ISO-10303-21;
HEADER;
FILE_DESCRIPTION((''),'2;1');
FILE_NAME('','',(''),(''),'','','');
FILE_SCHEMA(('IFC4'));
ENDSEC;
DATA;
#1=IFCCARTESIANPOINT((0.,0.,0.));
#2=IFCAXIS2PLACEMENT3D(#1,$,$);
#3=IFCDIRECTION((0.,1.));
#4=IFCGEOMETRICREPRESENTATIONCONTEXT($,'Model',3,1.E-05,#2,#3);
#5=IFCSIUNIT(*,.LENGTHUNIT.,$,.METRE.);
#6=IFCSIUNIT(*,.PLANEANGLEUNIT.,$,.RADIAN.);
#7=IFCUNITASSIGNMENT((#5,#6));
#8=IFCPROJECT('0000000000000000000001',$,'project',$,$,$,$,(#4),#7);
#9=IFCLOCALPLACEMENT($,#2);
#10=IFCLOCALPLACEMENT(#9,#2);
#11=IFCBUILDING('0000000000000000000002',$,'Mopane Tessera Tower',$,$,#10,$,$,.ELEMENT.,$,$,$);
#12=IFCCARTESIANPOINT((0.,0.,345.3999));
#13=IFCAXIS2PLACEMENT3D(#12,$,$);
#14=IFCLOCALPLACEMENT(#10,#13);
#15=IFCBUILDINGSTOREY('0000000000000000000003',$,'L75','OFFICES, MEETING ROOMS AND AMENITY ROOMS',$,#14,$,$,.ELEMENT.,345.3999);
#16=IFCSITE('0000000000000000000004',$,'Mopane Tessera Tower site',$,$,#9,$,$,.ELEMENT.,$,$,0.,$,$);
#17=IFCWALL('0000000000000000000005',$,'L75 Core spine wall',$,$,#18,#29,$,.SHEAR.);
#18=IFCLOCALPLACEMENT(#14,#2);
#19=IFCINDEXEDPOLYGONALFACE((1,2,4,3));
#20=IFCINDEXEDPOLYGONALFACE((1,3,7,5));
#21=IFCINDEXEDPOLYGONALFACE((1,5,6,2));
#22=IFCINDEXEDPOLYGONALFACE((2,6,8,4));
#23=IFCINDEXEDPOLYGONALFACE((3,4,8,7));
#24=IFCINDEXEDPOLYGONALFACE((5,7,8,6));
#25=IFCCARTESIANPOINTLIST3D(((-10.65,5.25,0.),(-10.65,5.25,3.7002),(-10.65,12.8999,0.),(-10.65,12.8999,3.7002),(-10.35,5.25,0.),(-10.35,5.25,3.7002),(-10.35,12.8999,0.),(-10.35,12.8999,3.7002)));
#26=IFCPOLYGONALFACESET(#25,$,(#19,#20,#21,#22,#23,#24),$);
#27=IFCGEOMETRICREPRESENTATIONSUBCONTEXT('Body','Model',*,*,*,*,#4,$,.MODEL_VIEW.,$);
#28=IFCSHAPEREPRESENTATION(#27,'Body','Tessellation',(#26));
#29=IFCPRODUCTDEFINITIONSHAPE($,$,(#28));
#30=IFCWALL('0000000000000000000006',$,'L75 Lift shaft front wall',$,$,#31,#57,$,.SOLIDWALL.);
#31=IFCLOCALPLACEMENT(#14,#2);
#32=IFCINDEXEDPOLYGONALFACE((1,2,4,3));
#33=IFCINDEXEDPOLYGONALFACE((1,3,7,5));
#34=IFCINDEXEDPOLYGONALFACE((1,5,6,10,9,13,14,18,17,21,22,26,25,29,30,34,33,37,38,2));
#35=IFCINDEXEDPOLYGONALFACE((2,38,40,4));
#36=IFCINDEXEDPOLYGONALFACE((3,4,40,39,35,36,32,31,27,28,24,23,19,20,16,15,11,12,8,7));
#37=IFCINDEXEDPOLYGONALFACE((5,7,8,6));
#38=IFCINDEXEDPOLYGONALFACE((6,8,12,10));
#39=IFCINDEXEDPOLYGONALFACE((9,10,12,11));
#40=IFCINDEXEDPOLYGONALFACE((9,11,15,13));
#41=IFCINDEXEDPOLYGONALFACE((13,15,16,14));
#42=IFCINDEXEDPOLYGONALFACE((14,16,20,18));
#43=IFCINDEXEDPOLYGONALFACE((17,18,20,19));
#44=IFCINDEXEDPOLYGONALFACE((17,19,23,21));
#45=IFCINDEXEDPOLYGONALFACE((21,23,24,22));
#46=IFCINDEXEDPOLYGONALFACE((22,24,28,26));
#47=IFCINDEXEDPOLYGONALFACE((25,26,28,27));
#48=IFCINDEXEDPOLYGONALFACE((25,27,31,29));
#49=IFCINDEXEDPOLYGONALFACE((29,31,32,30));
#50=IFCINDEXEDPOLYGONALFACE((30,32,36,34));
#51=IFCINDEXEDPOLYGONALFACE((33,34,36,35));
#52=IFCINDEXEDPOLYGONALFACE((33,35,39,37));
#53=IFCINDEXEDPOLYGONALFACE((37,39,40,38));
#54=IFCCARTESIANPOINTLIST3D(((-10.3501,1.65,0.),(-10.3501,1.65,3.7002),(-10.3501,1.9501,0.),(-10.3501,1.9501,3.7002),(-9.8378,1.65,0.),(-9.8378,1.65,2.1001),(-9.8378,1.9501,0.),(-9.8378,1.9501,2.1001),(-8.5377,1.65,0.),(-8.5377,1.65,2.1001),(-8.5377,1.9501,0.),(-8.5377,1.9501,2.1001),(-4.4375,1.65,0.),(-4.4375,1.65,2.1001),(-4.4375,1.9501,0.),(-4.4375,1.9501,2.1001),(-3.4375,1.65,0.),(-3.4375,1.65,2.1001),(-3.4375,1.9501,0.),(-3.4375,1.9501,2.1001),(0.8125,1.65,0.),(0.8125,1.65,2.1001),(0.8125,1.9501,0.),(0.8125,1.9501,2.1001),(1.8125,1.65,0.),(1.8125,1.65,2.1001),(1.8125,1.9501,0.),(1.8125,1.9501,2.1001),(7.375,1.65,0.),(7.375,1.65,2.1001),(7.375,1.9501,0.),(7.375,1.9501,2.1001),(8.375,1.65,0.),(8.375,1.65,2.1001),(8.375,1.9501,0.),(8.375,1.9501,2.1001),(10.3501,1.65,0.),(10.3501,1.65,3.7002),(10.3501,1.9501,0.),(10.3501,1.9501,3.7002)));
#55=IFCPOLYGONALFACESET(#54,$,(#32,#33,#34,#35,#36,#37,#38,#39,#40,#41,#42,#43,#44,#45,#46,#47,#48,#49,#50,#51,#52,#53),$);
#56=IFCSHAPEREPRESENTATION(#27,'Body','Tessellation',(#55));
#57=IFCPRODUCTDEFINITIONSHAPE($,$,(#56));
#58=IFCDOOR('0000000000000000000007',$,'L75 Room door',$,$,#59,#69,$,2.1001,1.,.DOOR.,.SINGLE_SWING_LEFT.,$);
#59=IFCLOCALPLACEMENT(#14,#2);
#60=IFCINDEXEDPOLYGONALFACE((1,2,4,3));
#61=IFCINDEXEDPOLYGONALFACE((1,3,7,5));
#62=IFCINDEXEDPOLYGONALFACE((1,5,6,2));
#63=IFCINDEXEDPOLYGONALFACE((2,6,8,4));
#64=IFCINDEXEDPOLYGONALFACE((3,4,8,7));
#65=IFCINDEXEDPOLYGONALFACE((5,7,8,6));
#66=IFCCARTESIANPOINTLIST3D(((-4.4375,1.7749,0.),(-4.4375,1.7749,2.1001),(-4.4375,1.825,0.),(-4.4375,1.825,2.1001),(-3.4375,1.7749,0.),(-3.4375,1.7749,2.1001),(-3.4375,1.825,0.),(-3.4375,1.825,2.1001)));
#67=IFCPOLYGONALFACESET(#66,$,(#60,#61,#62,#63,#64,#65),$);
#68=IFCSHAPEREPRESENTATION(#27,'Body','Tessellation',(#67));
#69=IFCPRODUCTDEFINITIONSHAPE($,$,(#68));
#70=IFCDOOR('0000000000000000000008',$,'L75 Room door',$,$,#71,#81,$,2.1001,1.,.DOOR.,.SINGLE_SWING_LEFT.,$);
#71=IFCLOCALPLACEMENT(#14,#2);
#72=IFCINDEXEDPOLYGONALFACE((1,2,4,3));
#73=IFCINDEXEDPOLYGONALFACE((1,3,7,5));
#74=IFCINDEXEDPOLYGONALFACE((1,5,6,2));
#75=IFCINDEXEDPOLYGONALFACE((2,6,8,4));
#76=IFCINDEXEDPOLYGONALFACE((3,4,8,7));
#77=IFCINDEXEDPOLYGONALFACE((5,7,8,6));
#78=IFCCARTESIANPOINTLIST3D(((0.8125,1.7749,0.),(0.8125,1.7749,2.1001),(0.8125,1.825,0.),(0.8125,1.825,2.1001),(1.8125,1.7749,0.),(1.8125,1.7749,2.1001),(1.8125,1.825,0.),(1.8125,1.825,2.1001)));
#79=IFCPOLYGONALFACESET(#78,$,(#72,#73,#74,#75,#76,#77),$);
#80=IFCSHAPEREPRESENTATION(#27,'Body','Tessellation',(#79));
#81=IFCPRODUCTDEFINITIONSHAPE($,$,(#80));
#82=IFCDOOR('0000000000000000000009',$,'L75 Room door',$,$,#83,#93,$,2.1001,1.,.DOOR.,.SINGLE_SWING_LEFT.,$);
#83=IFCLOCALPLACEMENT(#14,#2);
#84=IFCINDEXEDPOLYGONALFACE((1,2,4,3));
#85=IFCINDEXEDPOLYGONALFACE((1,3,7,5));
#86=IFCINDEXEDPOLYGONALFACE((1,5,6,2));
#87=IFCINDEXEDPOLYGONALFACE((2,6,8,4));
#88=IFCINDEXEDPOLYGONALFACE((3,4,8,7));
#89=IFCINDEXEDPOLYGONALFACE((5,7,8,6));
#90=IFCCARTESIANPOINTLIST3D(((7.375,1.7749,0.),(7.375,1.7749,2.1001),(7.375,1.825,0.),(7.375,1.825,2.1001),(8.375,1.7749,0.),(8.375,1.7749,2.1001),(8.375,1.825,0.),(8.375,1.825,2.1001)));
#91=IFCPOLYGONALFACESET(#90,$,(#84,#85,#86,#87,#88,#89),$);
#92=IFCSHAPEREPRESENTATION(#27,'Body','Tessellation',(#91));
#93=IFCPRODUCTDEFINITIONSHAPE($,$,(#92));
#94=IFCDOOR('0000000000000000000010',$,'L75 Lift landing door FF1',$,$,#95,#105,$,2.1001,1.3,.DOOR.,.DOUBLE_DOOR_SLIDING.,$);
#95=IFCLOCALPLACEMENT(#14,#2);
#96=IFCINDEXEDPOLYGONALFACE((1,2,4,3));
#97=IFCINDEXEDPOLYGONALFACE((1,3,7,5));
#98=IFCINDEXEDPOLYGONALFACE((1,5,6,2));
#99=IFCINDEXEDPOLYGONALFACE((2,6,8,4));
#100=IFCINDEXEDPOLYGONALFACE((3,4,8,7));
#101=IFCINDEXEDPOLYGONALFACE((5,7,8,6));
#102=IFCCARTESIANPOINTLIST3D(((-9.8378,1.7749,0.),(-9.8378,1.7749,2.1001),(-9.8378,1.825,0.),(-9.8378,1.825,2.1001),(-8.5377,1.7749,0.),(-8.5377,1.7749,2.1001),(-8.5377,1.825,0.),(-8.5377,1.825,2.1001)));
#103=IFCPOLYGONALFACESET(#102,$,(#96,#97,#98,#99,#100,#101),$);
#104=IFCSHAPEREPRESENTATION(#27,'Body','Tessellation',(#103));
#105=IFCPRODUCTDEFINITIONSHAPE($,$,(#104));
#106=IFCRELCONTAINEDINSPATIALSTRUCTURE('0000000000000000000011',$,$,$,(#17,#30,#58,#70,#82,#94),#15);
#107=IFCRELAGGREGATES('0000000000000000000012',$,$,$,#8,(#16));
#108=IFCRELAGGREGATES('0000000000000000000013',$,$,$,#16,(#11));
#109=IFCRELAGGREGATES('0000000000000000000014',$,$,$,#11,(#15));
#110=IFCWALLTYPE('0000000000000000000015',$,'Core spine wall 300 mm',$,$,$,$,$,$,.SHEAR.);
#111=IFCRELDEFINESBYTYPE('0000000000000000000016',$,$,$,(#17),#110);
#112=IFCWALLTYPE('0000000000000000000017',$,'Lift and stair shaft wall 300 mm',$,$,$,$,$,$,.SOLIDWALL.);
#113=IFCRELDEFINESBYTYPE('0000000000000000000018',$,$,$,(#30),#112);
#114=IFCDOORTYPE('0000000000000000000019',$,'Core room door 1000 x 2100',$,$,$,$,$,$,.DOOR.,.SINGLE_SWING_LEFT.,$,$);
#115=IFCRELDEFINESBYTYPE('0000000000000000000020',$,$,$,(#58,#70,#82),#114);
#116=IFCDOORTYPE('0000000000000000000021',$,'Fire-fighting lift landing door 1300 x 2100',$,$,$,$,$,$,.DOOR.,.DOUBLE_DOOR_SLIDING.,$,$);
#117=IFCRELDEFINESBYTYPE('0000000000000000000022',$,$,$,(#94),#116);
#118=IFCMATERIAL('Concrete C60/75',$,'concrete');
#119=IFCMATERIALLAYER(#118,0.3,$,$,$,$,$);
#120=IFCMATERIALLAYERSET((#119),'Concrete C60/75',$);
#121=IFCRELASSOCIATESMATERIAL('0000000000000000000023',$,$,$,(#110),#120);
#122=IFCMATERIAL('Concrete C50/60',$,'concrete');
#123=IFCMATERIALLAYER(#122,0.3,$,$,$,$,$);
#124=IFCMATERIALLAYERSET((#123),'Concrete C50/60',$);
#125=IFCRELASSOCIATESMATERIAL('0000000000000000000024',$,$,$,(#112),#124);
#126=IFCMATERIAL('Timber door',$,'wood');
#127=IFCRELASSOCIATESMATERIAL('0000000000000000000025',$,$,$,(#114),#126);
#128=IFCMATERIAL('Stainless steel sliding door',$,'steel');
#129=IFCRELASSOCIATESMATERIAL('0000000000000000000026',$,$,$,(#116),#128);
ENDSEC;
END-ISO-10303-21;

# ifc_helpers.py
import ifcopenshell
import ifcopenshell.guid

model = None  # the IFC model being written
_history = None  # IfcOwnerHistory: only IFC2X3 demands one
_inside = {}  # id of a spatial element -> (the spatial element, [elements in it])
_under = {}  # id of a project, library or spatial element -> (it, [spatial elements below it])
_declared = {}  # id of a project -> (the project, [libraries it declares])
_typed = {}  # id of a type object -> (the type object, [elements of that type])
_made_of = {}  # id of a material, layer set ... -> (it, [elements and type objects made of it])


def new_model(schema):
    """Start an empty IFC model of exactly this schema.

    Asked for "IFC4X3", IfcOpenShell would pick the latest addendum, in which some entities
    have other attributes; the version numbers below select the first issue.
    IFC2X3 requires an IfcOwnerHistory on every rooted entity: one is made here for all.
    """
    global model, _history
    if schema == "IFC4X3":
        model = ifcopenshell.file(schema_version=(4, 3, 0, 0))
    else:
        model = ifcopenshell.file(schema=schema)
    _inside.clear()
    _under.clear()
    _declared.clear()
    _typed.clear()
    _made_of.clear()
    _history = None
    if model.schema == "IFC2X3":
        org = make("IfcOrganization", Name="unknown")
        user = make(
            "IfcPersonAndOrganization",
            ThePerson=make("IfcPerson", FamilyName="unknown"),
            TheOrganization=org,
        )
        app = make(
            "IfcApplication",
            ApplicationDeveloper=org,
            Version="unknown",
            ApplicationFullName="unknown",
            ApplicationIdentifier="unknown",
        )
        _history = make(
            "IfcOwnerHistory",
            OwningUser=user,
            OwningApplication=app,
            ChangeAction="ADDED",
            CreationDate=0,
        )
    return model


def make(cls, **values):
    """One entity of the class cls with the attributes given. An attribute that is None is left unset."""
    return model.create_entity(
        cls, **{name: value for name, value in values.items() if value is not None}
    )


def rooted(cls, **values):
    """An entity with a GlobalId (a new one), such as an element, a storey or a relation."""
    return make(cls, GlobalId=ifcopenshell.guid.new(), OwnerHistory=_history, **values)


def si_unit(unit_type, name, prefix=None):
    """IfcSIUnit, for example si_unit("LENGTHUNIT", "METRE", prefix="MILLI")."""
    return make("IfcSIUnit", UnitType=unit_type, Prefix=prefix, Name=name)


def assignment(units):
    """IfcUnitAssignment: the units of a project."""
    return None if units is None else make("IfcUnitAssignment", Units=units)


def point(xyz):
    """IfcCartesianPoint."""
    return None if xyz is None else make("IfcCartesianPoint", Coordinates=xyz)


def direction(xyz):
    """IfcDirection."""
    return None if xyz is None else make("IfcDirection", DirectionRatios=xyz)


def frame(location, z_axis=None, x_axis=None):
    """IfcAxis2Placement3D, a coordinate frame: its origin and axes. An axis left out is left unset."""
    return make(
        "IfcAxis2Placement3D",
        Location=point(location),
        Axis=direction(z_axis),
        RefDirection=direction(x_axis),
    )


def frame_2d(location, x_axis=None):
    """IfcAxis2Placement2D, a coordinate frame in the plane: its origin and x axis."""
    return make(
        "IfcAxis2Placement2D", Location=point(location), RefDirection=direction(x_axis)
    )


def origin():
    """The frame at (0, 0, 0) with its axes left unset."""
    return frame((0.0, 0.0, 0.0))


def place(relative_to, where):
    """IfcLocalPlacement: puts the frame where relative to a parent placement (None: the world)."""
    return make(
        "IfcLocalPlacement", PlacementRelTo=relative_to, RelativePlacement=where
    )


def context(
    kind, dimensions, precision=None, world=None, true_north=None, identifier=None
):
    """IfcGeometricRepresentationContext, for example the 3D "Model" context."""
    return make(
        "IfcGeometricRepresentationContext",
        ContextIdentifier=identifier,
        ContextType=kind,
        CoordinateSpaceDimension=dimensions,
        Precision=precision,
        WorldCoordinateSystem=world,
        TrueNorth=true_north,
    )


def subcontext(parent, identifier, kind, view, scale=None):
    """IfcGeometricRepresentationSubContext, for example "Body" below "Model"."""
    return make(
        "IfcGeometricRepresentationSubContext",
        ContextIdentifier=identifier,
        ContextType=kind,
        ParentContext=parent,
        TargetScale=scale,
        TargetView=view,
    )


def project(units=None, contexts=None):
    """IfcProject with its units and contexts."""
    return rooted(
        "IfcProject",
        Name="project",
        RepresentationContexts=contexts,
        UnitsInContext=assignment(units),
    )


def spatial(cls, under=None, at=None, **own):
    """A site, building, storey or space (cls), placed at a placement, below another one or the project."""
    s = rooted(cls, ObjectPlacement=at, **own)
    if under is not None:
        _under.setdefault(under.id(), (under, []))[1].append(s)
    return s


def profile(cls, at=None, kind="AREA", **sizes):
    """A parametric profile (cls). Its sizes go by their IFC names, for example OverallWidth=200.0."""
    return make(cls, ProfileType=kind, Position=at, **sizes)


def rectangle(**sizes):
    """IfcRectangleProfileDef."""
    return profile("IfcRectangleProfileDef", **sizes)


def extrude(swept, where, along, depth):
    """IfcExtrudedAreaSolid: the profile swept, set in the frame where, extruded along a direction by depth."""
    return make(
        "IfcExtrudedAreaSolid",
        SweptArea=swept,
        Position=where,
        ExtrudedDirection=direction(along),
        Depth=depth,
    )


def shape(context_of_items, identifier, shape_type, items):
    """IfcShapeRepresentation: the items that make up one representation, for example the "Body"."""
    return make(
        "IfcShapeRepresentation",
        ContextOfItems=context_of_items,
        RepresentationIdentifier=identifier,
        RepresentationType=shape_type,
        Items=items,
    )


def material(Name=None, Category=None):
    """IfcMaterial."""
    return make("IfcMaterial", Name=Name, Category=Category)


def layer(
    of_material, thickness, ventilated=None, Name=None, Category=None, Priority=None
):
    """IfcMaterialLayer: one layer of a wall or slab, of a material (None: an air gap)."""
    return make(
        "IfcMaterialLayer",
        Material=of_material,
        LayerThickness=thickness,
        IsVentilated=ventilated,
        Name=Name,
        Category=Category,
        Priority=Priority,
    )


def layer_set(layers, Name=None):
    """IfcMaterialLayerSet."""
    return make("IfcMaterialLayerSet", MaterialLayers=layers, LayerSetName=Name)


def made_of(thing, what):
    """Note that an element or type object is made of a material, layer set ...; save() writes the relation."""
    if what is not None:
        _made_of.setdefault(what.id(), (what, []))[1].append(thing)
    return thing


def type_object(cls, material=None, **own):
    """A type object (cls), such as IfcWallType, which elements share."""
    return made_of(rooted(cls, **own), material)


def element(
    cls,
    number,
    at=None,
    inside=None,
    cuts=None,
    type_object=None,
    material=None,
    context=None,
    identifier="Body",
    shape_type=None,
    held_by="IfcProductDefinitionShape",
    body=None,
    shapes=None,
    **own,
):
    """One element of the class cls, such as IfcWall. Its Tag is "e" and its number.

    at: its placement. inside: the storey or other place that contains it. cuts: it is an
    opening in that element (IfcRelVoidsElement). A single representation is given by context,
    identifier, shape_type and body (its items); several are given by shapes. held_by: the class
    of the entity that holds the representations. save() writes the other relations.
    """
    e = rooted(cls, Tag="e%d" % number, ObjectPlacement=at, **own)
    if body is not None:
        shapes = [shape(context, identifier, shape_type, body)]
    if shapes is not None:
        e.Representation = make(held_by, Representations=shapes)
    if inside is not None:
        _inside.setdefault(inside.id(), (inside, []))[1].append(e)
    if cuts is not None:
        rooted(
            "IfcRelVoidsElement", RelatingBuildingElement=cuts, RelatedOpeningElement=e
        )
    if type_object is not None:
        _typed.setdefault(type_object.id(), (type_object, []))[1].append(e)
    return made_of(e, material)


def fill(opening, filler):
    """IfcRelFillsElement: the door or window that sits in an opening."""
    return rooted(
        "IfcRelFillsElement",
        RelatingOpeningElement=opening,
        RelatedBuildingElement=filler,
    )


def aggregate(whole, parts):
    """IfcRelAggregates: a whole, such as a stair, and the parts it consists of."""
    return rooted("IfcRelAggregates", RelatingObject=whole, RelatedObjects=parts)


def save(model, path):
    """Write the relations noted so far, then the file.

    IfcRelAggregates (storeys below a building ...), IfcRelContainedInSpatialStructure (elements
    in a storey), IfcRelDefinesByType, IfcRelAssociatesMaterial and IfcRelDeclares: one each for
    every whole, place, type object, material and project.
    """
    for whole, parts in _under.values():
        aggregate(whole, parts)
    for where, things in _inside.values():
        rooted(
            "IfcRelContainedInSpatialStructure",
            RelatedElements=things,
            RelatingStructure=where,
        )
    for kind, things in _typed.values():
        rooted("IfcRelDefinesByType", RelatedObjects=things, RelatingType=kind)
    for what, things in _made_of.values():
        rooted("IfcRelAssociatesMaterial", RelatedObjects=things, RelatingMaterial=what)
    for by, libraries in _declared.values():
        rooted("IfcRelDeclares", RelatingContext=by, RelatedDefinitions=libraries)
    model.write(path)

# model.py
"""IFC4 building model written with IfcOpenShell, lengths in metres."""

from ifc_helpers import new_model, si_unit, direction, frame, frame_2d, origin, place, context, subcontext, project, spatial, rectangle, extrude, material, layer, layer_set, type_object, element, fill, save


model = new_model("IFC4")

# Units and contexts
model_context = context("Model", 3, precision=1e-05, world=origin(), true_north=direction((0.0, 1.0)))
body_context = subcontext(model_context, "Body", "Model", "MODEL_VIEW")
ifc_project = project(units=[si_unit("LENGTHUNIT", "METRE"), si_unit("PLANEANGLEUNIT", "RADIAN")], contexts=[model_context])

# Site, building, storey
site_placement = place(None, origin())
site = spatial("IfcSite", under=ifc_project, at=site_placement, Name="Mopane Tessera Tower site", CompositionType="ELEMENT", RefElevation=0.0)
building_placement = place(site_placement, origin())
building = spatial("IfcBuilding", under=site, at=building_placement, Name="Mopane Tessera Tower", CompositionType="ELEMENT")
storey_placement = place(building_placement, frame((0.0, 0.0, 345.3999)))
storey = spatial("IfcBuildingStorey", under=building, at=storey_placement, Name="L75", Description="OFFICES, MEETING ROOMS AND AMENITY ROOMS", CompositionType="ELEMENT", Elevation=345.3999)

# Wall
ifc_material_1 = material(Name="Concrete C60/75", Category="concrete")
ifc_layer_1 = layer(ifc_material_1, 0.3)
ifc_layer_set_1 = layer_set([ifc_layer_1], Name="Concrete C60/75")
wall_type_1 = type_object("IfcWallType", Name="Core spine wall 300 mm", PredefinedType="SHEAR", material=ifc_layer_set_1)
wall_1_placement = place(storey_placement, frame((-10.5, 5.25, 0.0), z_axis=(0.0, 0.0, 1.0), x_axis=(0.0, 1.0, 0.0)))
element("IfcWall", 1, at=wall_1_placement, inside=storey, type_object=wall_type_1, Name="L75 Core spine wall", PredefinedType="SHEAR", context=body_context, shape_type="SweptSolid", body=[
    extrude(rectangle(XDim=7.6499, YDim=0.3, at=frame_2d((3.825, 0.0))), origin(), (0.0, 0.0, 1.0), 3.7002),
])

# Wall, openings, doors
ifc_material_2 = material(Name="Concrete C50/60", Category="concrete")
ifc_layer_2 = layer(ifc_material_2, 0.3)
ifc_layer_set_2 = layer_set([ifc_layer_2], Name="Concrete C50/60")
wall_type_2 = type_object("IfcWallType", Name="Lift and stair shaft wall 300 mm", PredefinedType="SOLIDWALL", material=ifc_layer_set_2)
wall_2_placement = place(storey_placement, frame((-10.3501, 1.8, 0.0), z_axis=(0.0, 0.0, 1.0), x_axis=(1.0, 0.0, 0.0)))
wall_2 = element("IfcWall", 2, at=wall_2_placement, inside=storey, type_object=wall_type_2, Name="L75 Lift shaft front wall", PredefinedType="SOLIDWALL", context=body_context, shape_type="SweptSolid", body=[
    extrude(rectangle(XDim=20.7002, YDim=0.3, at=frame_2d((10.3501, 0.0))), origin(), (0.0, 0.0, 1.0), 3.7002),
])
opening_1_placement = place(wall_2_placement, frame((0.5125, 0.0, 0.0)))
opening_1 = element("IfcOpeningElement", 3, at=opening_1_placement, cuts=wall_2, PredefinedType="OPENING", context=body_context, shape_type="SweptSolid", body=[
    extrude(rectangle(XDim=1.3, YDim=2.1001, at=frame_2d((0.6499, 1.05))), frame((0.0, 0.1621, 0.0), z_axis=(0.0, -1.0, 0.0), x_axis=(1.0, 0.0, 0.0)), (0.0, 0.0, 1.0), 0.324),
])
opening_2_placement = place(wall_2_placement, frame((5.9126, 0.0, 0.0)))
opening_2 = element("IfcOpeningElement", 4, at=opening_2_placement, cuts=wall_2, PredefinedType="OPENING", context=body_context, shape_type="SweptSolid", body=[
    extrude(rectangle(XDim=1.0, YDim=2.1001, at=frame_2d((0.5, 1.05))), frame((0.0, 0.1621, 0.0), z_axis=(0.0, -1.0, 0.0), x_axis=(1.0, 0.0, 0.0)), (0.0, 0.0, 1.0), 0.324),
])
opening_3_placement = place(wall_2_placement, frame((11.1626, 0.0, 0.0)))
opening_3 = element("IfcOpeningElement", 5, at=opening_3_placement, cuts=wall_2, PredefinedType="OPENING", context=body_context, shape_type="SweptSolid", body=[
    extrude(rectangle(XDim=1.0, YDim=2.1001, at=frame_2d((0.5, 1.05))), frame((0.0, 0.1621, 0.0), z_axis=(0.0, -1.0, 0.0), x_axis=(1.0, 0.0, 0.0)), (0.0, 0.0, 1.0), 0.324),
])
opening_4_placement = place(wall_2_placement, frame((17.7251, 0.0, 0.0)))
opening_4 = element("IfcOpeningElement", 6, at=opening_4_placement, cuts=wall_2, PredefinedType="OPENING", context=body_context, shape_type="SweptSolid", body=[
    extrude(rectangle(XDim=1.0, YDim=2.1001, at=frame_2d((0.5, 1.05))), frame((0.0, 0.1621, 0.0), z_axis=(0.0, -1.0, 0.0), x_axis=(1.0, 0.0, 0.0)), (0.0, 0.0, 1.0), 0.324),
])
ifc_material_3 = material(Name="Timber door", Category="wood")
door_type_1 = type_object("IfcDoorType", Name="Core room door 1000 x 2100", OperationType="SINGLE_SWING_LEFT", PredefinedType="DOOR", material=ifc_material_3)
door_1_placement = place(opening_2_placement, origin())
door_1 = element("IfcDoor", 7, at=door_1_placement, inside=storey, type_object=door_type_1, Name="L75 Room door", OperationType="SINGLE_SWING_LEFT", OverallHeight=2.1001, OverallWidth=1.0, PredefinedType="DOOR", context=body_context, shape_type="SweptSolid", body=[
    extrude(rectangle(XDim=1.0, YDim=2.1001, at=frame_2d((0.5, 1.05))), frame((0.0, 0.0249, 0.0), z_axis=(0.0, -1.0, 0.0), x_axis=(1.0, 0.0, 0.0)), (0.0, 0.0, 1.0), 0.05),
])
fill(opening_2, door_1)
door_2_placement = place(opening_3_placement, origin())
door_2 = element("IfcDoor", 8, at=door_2_placement, inside=storey, type_object=door_type_1, Name="L75 Room door", OperationType="SINGLE_SWING_LEFT", OverallHeight=2.1001, OverallWidth=1.0, PredefinedType="DOOR", context=body_context, shape_type="SweptSolid", body=[
    extrude(rectangle(XDim=1.0, YDim=2.1001, at=frame_2d((0.5, 1.05))), frame((0.0, 0.0249, 0.0), z_axis=(0.0, -1.0, 0.0), x_axis=(1.0, 0.0, 0.0)), (0.0, 0.0, 1.0), 0.05),
])
fill(opening_3, door_2)
door_3_placement = place(opening_4_placement, origin())
door_3 = element("IfcDoor", 9, at=door_3_placement, inside=storey, type_object=door_type_1, Name="L75 Room door", OperationType="SINGLE_SWING_LEFT", OverallHeight=2.1001, OverallWidth=1.0, PredefinedType="DOOR", context=body_context, shape_type="SweptSolid", body=[
    extrude(rectangle(XDim=1.0, YDim=2.1001, at=frame_2d((0.5, 1.05))), frame((0.0, 0.0249, 0.0), z_axis=(0.0, -1.0, 0.0), x_axis=(1.0, 0.0, 0.0)), (0.0, 0.0, 1.0), 0.05),
])
fill(opening_4, door_3)
ifc_material_4 = material(Name="Stainless steel sliding door", Category="steel")
door_type_2 = type_object("IfcDoorType", Name="Fire-fighting lift landing door 1300 x 2100", OperationType="DOUBLE_DOOR_SLIDING", PredefinedType="DOOR", material=ifc_material_4)
door_4_placement = place(opening_1_placement, origin())
door_4 = element("IfcDoor", 10, at=door_4_placement, inside=storey, type_object=door_type_2, Name="L75 Lift landing door FF1", OperationType="DOUBLE_DOOR_SLIDING", OverallHeight=2.1001, OverallWidth=1.3, PredefinedType="DOOR", context=body_context, shape_type="SweptSolid", body=[
    extrude(rectangle(XDim=1.3, YDim=2.1001, at=frame_2d((0.6499, 1.05))), frame((0.0, 0.0249, 0.0), z_axis=(0.0, -1.0, 0.0), x_axis=(1.0, 0.0, 0.0)), (0.0, 0.0, 1.0), 0.05),
])
fill(opening_1, door_4)

save(model, "model.ifc")
